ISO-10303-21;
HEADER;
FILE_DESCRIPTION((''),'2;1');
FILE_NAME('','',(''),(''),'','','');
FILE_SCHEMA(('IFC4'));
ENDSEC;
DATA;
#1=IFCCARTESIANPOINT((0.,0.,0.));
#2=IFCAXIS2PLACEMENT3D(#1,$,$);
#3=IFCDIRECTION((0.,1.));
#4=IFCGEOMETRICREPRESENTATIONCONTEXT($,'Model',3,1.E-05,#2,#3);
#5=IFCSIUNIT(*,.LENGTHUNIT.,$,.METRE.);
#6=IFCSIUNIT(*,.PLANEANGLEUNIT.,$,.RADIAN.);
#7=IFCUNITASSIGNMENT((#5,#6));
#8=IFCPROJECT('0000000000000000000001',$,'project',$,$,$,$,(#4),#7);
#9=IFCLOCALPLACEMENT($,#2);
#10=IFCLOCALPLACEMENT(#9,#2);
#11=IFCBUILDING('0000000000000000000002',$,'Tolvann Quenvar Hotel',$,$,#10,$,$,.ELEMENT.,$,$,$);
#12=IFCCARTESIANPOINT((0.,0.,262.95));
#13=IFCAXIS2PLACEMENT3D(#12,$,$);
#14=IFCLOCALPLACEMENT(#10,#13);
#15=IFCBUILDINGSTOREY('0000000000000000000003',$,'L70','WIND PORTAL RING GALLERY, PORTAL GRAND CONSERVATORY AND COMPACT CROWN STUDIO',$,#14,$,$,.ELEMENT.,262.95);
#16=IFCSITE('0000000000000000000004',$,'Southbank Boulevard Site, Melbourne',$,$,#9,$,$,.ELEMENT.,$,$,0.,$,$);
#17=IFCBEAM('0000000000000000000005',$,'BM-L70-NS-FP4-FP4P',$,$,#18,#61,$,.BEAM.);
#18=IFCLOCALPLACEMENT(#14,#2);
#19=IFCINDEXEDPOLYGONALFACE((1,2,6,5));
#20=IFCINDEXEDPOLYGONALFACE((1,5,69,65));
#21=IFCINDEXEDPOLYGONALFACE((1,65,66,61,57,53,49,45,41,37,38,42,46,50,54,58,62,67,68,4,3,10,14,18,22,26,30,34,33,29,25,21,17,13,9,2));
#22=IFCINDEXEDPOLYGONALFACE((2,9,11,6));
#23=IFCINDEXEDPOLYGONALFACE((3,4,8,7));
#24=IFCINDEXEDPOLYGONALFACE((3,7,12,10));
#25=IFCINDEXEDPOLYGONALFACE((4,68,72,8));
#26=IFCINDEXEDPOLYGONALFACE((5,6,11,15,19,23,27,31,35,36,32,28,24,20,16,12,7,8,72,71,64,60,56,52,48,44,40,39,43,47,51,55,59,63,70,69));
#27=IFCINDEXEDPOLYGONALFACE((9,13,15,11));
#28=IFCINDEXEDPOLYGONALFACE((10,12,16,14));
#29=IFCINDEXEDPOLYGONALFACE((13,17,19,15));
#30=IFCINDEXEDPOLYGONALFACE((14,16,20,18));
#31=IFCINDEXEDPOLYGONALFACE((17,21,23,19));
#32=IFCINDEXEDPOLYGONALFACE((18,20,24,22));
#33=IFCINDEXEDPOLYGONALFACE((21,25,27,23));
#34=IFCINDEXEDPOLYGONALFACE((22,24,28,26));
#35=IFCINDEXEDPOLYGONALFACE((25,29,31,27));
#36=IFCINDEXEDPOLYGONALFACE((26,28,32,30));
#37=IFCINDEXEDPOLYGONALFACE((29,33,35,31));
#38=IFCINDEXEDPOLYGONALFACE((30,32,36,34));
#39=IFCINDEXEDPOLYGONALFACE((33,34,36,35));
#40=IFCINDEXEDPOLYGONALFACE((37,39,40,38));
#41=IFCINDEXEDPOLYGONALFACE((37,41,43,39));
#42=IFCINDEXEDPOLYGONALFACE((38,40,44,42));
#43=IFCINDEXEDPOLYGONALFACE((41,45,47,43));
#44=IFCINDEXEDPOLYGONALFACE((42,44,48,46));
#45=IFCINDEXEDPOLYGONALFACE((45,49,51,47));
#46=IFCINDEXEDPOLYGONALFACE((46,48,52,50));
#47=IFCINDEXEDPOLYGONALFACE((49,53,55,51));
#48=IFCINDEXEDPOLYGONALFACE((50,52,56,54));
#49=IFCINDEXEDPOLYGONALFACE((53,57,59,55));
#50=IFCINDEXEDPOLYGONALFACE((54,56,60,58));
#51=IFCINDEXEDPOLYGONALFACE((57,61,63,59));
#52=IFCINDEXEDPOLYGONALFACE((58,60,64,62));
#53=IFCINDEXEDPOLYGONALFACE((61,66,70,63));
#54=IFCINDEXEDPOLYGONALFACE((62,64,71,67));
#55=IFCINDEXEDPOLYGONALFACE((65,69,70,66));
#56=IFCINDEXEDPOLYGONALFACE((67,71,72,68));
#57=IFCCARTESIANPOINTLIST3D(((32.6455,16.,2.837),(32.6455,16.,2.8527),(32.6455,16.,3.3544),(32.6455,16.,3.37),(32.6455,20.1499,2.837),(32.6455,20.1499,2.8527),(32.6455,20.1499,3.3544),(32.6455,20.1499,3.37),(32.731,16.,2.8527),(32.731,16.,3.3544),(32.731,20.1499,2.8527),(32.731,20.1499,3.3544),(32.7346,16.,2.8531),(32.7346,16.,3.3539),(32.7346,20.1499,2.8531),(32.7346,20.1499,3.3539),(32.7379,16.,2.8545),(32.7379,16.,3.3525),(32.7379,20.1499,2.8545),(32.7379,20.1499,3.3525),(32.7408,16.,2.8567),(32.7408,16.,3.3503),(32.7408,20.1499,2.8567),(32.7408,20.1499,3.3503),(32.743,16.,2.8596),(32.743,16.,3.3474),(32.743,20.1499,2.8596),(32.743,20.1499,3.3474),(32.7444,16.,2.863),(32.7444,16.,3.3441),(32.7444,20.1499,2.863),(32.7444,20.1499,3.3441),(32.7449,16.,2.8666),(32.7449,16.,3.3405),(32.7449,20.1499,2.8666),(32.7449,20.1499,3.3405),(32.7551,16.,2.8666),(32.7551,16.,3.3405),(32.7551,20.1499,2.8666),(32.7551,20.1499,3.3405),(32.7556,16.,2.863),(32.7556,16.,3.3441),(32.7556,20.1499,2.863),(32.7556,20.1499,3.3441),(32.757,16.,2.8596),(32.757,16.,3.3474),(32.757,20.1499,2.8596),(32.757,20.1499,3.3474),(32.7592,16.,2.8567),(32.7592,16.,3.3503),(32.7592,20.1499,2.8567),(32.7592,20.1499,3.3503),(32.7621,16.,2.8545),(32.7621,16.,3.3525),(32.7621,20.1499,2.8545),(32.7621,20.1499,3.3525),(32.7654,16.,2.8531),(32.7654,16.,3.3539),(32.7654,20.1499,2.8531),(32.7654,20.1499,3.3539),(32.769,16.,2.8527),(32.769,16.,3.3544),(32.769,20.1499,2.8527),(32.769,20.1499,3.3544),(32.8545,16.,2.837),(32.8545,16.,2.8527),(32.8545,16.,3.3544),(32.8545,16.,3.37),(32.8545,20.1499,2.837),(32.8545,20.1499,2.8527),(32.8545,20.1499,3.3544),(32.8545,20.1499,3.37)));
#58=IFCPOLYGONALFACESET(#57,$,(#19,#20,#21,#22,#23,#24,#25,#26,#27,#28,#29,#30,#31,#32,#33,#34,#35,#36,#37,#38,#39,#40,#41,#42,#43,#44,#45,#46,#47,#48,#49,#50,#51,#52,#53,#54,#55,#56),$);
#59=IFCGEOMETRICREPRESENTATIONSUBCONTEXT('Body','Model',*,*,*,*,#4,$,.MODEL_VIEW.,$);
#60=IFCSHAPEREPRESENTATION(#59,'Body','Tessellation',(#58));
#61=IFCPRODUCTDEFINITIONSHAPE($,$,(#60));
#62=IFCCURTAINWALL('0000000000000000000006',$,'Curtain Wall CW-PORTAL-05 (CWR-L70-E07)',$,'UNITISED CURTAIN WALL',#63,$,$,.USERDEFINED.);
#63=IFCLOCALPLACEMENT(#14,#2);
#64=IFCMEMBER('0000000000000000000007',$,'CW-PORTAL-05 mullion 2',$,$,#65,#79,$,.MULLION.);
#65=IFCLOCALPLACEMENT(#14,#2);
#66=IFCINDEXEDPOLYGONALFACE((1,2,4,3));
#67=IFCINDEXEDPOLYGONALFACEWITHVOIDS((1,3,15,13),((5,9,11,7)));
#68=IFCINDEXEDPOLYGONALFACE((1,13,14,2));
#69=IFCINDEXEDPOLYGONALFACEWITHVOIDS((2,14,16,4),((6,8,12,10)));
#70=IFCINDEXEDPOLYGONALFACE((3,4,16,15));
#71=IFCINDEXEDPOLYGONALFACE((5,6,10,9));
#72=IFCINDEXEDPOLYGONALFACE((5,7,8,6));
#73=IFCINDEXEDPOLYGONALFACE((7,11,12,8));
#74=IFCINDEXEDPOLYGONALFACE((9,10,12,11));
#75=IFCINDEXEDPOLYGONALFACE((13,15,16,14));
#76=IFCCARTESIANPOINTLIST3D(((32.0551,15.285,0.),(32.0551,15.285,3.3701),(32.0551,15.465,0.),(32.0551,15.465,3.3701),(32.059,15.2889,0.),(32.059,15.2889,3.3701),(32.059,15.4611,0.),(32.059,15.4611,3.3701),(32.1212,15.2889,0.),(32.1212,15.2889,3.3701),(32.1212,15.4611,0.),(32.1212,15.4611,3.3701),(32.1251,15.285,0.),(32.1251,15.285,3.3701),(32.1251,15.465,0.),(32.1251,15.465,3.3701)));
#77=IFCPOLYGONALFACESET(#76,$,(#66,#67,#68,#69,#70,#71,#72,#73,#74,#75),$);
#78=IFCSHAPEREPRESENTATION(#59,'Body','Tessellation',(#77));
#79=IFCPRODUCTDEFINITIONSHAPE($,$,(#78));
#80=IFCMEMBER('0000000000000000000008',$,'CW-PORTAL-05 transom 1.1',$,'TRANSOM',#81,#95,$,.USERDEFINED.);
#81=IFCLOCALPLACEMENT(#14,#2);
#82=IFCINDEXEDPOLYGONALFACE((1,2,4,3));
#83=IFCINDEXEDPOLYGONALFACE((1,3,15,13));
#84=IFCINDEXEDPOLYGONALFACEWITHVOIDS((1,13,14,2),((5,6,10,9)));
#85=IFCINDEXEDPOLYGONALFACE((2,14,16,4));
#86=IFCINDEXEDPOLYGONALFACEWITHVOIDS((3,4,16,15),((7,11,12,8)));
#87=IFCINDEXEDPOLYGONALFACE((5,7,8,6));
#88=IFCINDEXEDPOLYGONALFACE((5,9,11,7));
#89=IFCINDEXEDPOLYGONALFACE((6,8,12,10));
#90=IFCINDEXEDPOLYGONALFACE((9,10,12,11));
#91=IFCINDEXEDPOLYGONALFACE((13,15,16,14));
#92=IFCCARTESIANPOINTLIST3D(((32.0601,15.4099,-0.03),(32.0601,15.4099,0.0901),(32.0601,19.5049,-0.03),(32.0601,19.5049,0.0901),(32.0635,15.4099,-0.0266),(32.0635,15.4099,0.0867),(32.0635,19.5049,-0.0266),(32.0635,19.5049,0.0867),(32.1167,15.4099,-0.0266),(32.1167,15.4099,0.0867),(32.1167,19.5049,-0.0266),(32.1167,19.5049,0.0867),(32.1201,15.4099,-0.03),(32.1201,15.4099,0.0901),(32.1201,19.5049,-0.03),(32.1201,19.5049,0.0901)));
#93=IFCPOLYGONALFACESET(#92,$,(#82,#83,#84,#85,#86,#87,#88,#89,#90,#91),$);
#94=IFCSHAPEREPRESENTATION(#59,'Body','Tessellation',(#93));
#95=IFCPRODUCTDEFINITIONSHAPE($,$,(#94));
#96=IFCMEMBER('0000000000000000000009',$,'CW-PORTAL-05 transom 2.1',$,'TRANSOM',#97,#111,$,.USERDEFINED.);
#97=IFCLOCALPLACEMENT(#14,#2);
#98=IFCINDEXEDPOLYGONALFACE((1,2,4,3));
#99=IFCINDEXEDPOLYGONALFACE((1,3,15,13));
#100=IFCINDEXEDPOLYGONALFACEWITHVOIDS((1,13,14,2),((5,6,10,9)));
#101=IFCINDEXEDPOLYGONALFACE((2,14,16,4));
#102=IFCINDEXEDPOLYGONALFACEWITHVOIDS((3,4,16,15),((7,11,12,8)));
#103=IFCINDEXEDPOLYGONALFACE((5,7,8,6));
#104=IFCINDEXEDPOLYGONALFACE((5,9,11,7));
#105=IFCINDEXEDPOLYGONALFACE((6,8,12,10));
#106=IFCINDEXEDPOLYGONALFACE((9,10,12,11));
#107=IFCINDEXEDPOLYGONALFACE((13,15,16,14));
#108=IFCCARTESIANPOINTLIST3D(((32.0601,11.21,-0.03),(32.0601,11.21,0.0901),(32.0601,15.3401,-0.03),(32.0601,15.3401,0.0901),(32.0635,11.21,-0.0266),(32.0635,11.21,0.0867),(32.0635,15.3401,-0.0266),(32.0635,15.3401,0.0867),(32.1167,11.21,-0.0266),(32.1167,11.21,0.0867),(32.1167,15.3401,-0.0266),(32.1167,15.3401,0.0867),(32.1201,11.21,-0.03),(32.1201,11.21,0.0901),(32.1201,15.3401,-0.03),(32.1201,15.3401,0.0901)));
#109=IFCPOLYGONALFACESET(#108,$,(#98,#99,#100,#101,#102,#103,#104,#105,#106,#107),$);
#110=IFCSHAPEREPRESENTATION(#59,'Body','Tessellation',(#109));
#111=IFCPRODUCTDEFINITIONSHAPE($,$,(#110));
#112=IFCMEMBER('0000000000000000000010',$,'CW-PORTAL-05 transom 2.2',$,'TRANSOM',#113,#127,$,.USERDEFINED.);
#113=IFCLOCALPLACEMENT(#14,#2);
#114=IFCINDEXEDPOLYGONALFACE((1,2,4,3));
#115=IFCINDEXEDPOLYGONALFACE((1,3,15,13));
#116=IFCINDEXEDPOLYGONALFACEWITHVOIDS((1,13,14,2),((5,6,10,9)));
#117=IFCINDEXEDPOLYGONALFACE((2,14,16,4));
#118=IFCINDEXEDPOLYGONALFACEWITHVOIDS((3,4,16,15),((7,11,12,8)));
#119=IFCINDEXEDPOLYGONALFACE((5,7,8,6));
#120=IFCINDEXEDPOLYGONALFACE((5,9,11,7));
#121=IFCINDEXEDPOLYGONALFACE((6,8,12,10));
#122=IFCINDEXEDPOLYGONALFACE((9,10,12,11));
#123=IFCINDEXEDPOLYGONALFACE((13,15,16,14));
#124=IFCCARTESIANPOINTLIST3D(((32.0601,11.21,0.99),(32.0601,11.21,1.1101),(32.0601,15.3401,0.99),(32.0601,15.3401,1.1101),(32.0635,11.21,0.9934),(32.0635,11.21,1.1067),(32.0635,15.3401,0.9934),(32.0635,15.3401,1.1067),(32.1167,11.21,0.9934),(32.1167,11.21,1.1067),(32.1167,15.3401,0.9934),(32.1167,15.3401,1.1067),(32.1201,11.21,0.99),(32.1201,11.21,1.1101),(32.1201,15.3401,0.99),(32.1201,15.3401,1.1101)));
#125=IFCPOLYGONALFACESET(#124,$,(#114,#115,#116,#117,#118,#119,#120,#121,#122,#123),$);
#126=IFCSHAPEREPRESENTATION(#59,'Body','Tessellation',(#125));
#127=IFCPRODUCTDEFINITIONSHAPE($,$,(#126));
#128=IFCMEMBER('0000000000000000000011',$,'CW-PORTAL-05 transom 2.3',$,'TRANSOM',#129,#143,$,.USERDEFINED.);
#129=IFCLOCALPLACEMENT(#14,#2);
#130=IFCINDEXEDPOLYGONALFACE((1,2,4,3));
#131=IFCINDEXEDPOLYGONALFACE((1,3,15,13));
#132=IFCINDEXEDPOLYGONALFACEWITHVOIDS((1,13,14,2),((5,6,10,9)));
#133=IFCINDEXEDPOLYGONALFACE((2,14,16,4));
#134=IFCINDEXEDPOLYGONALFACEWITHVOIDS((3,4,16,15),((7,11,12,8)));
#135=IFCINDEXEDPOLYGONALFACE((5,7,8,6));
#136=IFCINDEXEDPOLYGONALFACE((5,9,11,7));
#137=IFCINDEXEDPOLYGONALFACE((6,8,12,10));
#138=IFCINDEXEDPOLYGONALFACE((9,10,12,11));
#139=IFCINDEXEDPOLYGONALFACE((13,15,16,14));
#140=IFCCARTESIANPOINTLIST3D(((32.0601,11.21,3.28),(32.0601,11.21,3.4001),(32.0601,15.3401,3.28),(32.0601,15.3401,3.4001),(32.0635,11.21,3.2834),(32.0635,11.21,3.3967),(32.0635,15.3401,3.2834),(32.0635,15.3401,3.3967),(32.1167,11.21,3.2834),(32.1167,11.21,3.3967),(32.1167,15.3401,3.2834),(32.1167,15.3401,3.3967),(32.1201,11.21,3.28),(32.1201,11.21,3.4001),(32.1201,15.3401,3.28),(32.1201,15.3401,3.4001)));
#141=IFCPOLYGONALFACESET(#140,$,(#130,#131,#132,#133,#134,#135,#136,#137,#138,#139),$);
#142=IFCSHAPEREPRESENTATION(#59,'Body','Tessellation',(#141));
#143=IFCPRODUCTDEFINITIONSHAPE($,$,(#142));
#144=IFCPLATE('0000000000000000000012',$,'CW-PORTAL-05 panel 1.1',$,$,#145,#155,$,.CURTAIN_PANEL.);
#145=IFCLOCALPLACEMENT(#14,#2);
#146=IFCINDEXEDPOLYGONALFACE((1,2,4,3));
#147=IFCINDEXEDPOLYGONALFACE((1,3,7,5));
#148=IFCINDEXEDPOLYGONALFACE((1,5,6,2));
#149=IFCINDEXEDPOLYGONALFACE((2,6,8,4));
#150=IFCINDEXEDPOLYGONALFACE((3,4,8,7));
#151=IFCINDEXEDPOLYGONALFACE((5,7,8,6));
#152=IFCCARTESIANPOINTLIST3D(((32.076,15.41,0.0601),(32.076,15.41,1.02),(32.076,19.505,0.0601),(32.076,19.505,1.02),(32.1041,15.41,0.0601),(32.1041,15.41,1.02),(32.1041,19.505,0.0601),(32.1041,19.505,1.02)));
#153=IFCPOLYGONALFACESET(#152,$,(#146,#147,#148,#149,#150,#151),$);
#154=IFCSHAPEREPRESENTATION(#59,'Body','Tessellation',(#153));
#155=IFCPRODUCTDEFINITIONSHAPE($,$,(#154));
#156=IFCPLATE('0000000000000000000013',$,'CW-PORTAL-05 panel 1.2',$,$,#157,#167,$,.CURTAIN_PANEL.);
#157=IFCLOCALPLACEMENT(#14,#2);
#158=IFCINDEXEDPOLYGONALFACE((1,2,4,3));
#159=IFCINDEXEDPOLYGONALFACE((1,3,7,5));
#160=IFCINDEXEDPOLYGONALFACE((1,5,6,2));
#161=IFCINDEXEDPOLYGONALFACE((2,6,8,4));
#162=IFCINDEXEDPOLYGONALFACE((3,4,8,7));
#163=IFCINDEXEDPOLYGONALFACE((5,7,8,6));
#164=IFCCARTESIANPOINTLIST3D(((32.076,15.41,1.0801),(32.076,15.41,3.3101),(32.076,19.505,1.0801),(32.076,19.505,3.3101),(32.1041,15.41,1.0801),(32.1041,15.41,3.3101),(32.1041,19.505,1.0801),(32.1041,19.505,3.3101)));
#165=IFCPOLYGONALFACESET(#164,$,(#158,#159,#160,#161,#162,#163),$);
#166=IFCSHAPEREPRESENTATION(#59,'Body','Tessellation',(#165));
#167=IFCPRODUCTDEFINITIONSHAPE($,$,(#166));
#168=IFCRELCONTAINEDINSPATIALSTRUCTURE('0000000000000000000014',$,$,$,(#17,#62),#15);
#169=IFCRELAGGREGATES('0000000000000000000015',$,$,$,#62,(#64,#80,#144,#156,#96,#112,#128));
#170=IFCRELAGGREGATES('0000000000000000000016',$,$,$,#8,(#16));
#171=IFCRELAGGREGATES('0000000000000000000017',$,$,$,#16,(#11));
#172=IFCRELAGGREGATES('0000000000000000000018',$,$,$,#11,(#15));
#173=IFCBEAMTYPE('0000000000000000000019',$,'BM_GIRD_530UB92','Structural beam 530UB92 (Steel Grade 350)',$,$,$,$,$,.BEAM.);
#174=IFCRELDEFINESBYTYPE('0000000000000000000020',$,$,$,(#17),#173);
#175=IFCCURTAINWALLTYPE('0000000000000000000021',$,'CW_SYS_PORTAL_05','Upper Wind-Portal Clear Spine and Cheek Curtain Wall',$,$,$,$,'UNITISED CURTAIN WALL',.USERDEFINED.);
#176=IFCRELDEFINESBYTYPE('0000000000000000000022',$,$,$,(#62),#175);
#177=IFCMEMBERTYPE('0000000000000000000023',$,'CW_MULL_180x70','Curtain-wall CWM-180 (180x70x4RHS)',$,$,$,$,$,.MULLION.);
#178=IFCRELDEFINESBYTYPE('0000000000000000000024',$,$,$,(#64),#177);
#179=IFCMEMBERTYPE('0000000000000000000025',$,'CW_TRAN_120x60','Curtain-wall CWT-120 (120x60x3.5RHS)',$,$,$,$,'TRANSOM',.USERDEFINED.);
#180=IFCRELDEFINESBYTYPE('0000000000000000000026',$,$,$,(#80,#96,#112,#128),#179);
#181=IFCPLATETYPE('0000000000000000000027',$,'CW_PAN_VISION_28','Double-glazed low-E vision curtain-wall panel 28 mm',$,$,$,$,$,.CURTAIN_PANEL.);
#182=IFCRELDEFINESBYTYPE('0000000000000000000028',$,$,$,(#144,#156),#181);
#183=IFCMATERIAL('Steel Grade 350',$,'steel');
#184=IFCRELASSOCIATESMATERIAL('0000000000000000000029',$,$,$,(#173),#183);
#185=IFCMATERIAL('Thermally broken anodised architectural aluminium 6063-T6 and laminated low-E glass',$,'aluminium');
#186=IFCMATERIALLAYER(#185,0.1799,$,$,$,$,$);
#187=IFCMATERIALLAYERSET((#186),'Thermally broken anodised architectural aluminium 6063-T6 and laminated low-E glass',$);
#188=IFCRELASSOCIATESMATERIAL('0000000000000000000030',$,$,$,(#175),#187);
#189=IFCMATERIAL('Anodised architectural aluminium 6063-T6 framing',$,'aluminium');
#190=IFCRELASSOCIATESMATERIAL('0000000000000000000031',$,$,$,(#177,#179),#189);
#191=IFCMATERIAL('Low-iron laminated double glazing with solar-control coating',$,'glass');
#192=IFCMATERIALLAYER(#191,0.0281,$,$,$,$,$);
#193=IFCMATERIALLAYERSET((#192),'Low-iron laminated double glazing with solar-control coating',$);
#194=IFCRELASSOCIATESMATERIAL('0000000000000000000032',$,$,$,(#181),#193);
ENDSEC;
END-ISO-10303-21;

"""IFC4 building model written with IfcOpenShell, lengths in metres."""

from ifc_helpers import new_model, si_unit, direction, frame, origin, origin_2d, place, context, subcontext, project, spatial, rectangle, hollow_rectangle, i_section, extrude, source, transform, mapped, material, layer, layer_set, material_profile, profile_set, type_object, type_shapes, element, aggregate, save


model = new_model("IFC4")

# Units and contexts
model_context = context("Model", 3, precision=1e-05, world=origin(), true_north=direction((0.0, 1.0)))
body_context = subcontext(model_context, "Body", "Model", "MODEL_VIEW")
ifc_project = project(units=[si_unit("LENGTHUNIT", "METRE"), si_unit("PLANEANGLEUNIT", "RADIAN")], contexts=[model_context])

# Site, building, storey
site_placement = place(None, origin())
site = spatial("IfcSite", under=ifc_project, at=site_placement, Name="Southbank Boulevard Site, Melbourne", CompositionType="ELEMENT", RefElevation=0.0)
building_placement = place(site_placement, origin())
building = spatial("IfcBuilding", under=site, at=building_placement, Name="Tolvann Quenvar Hotel", CompositionType="ELEMENT")
storey_placement = place(building_placement, frame((0.0, 0.0, 262.95)))
storey = spatial("IfcBuildingStorey", under=building, at=storey_placement, Name="L70", Description="WIND PORTAL RING GALLERY, PORTAL GRAND CONSERVATORY AND COMPACT CROWN STUDIO", CompositionType="ELEMENT", Elevation=262.95)

# Shared definitions
ifc_material_1 = material(Name="Steel Grade 350", Category="steel")

# Beam
ifc_material_profile_1 = material_profile(ifc_material_1, i_section(OverallWidth=0.209, OverallDepth=0.533, WebThickness=0.0103, FlangeThickness=0.0156, FilletRadius=0.0139, at=origin_2d()), Name="530UB92")
ifc_profile_set_1 = profile_set([ifc_material_profile_1], Name="Steel Grade 350")
beam_type_1 = type_object("IfcBeamType", Name="BM_GIRD_530UB92", Description="Structural beam 530UB92 (Steel Grade 350)", PredefinedType="BEAM", material=ifc_profile_set_1)
shared_shape_1 = source(origin(), body_context, "Body", "SweptSolid", [
    extrude(i_section(OverallWidth=0.209, OverallDepth=0.533, WebThickness=0.0103, FlangeThickness=0.0156, FilletRadius=0.0139, at=origin_2d()), origin(), (0.0, 0.0, 1.0), 4.1499),
])
beam_1_placement = place(storey_placement, frame((32.75, 16.0, 3.1035), z_axis=(0.0, 1.0, 0.0), x_axis=(-1.0, 0.0, 0.0)))
element("IfcBeam", 1, at=beam_1_placement, inside=storey, type_object=beam_type_1, Name="BM-L70-NS-FP4-FP4P", PredefinedType="BEAM", context=body_context, shape_type="MappedRepresentation", body=[
    mapped(shared_shape_1, transform((0.0, 0.0, 0.0), x_axis=(1.0, 0.0, 0.0), y_axis=(0.0, 1.0, 0.0), z_axis=(0.0, 0.0, 1.0), scale=1.0)),
])

# Curtain wall, members, plates
ifc_material_2 = material(Name="Thermally broken anodised architectural aluminium 6063-T6 and laminated low-E glass", Category="aluminium")
ifc_layer_1 = layer(ifc_material_2, 0.1799)
ifc_layer_set_1 = layer_set([ifc_layer_1], Name="Thermally broken anodised architectural aluminium 6063-T6 and laminated low-E glass")
curtain_wall_type = type_object("IfcCurtainWallType", Name="CW_SYS_PORTAL_05", Description="Upper Wind-Portal Clear Spine and Cheek Curtain Wall", ElementType="UNITISED CURTAIN WALL", PredefinedType="USERDEFINED", material=ifc_layer_set_1)
curtain_wall_placement = place(storey_placement, origin())
curtain_wall = element("IfcCurtainWall", 2, at=curtain_wall_placement, inside=storey, type_object=curtain_wall_type, Name="Curtain Wall CW-PORTAL-05 (CWR-L70-E07)", ObjectType="UNITISED CURTAIN WALL", PredefinedType="USERDEFINED")
ifc_material_3 = material(Name="Anodised architectural aluminium 6063-T6 framing", Category="aluminium")
ifc_material_profile_2 = material_profile(ifc_material_3, hollow_rectangle(XDim=0.0701, YDim=0.1799, WallThickness=0.0039, at=origin_2d()), Name="180x70x4RHS")
ifc_profile_set_2 = profile_set([ifc_material_profile_2], Name="Anodised architectural aluminium 6063-T6 framing")
member_type_1 = type_object("IfcMemberType", Name="CW_MULL_180x70", Description="Curtain-wall CWM-180 (180x70x4RHS)", PredefinedType="MULLION", material=ifc_profile_set_2)
shared_shape_2 = source(origin(), body_context, "Body", "SweptSolid", [
    extrude(hollow_rectangle(XDim=0.0701, YDim=0.1799, WallThickness=0.0039, at=origin_2d()), origin(), (0.0, 0.0, 1.0), 3.3701),
])
type_shapes(member_type_1, [shared_shape_2])
member_1_placement = place(storey_placement, frame((32.0901, 15.375, 0.0), z_axis=(0.0, 0.0, 1.0), x_axis=(1.0, 0.0, 0.0)))
member_1 = element("IfcMember", 3, at=member_1_placement, type_object=member_type_1, Name="CW-PORTAL-05 mullion 2", PredefinedType="MULLION", context=body_context, shape_type="MappedRepresentation", body=[
    mapped(shared_shape_2, transform((0.0, 0.0, 0.0), x_axis=(1.0, 0.0, 0.0), y_axis=(0.0, 1.0, 0.0), z_axis=(0.0, 0.0, 1.0), scale=1.0)),
])
ifc_material_profile_3 = material_profile(ifc_material_3, hollow_rectangle(XDim=0.0601, YDim=0.1201, WallThickness=0.0034, at=origin_2d()), Name="120x60x3.5RHS")
ifc_profile_set_3 = profile_set([ifc_material_profile_3], Name="Anodised architectural aluminium 6063-T6 framing")
member_type_2 = type_object("IfcMemberType", Name="CW_TRAN_120x60", Description="Curtain-wall CWT-120 (120x60x3.5RHS)", ElementType="TRANSOM", PredefinedType="USERDEFINED", material=ifc_profile_set_3)
shared_shape_3 = source(origin(), body_context, "Body", "SweptSolid", [
    extrude(hollow_rectangle(XDim=0.0601, YDim=0.1201, WallThickness=0.0034, at=origin_2d()), origin(), (0.0, 0.0, 1.0), 4.095),
])
member_2_placement = place(storey_placement, frame((32.0901, 19.5049, 0.03), z_axis=(0.0, -1.0, 0.0), x_axis=(1.0, 0.0, 0.0)))
member_2 = element("IfcMember", 4, at=member_2_placement, type_object=member_type_2, Name="CW-PORTAL-05 transom 1.1", ObjectType="TRANSOM", PredefinedType="USERDEFINED", context=body_context, shape_type="MappedRepresentation", body=[
    mapped(shared_shape_3, transform((0.0, 0.0, 0.0), x_axis=(1.0, 0.0, 0.0), y_axis=(0.0, 1.0, 0.0), z_axis=(0.0, 0.0, 1.0), scale=1.0)),
])
shared_shape_4 = source(origin(), body_context, "Body", "SweptSolid", [
    extrude(hollow_rectangle(XDim=0.0601, YDim=0.1201, WallThickness=0.0034, at=origin_2d()), origin(), (0.0, 0.0, 1.0), 4.1301),
])
type_shapes(member_type_2, [shared_shape_3, shared_shape_4])
member_3_placement = place(storey_placement, frame((32.0901, 15.3401, 0.03), z_axis=(0.0, -1.0, 0.0), x_axis=(1.0, 0.0, 0.0)))
member_3 = element("IfcMember", 5, at=member_3_placement, type_object=member_type_2, Name="CW-PORTAL-05 transom 2.1", ObjectType="TRANSOM", PredefinedType="USERDEFINED", context=body_context, shape_type="MappedRepresentation", body=[
    mapped(shared_shape_4, transform((0.0, 0.0, 0.0), x_axis=(1.0, 0.0, 0.0), y_axis=(0.0, 1.0, 0.0), z_axis=(0.0, 0.0, 1.0), scale=1.0)),
])
member_4_placement = place(storey_placement, frame((32.0901, 15.3401, 1.05), z_axis=(0.0, -1.0, 0.0), x_axis=(1.0, 0.0, 0.0)))
member_4 = element("IfcMember", 6, at=member_4_placement, type_object=member_type_2, Name="CW-PORTAL-05 transom 2.2", ObjectType="TRANSOM", PredefinedType="USERDEFINED", context=body_context, shape_type="MappedRepresentation", body=[
    mapped(shared_shape_4, transform((0.0, 0.0, 0.0), x_axis=(1.0, 0.0, 0.0), y_axis=(0.0, 1.0, 0.0), z_axis=(0.0, 0.0, 1.0), scale=1.0)),
])
member_5_placement = place(storey_placement, frame((32.0901, 15.3401, 3.3401), z_axis=(0.0, -1.0, 0.0), x_axis=(1.0, 0.0, 0.0)))
member_5 = element("IfcMember", 7, at=member_5_placement, type_object=member_type_2, Name="CW-PORTAL-05 transom 2.3", ObjectType="TRANSOM", PredefinedType="USERDEFINED", context=body_context, shape_type="MappedRepresentation", body=[
    mapped(shared_shape_4, transform((0.0, 0.0, 0.0), x_axis=(1.0, 0.0, 0.0), y_axis=(0.0, 1.0, 0.0), z_axis=(0.0, 0.0, 1.0), scale=1.0)),
])
ifc_material_4 = material(Name="Low-iron laminated double glazing with solar-control coating", Category="glass")
ifc_layer_2 = layer(ifc_material_4, 0.0281)
ifc_layer_set_2 = layer_set([ifc_layer_2], Name="Low-iron laminated double glazing with solar-control coating")
plate_type = type_object("IfcPlateType", Name="CW_PAN_VISION_28", Description="Double-glazed low-E vision curtain-wall panel 28 mm", PredefinedType="CURTAIN_PANEL", material=ifc_layer_set_2)
shared_shape_5 = source(origin(), body_context, "Body", "SweptSolid", [
    extrude(rectangle(XDim=4.095, YDim=0.0281, at=origin_2d()), origin(), (0.0, 0.0, 1.0), 0.96),
])
plate_1_placement = place(storey_placement, frame((32.0901, 17.4575, 0.0601), z_axis=(0.0, 0.0, 1.0), x_axis=(0.0, -1.0, 0.0)))
plate_1 = element("IfcPlate", 8, at=plate_1_placement, type_object=plate_type, Name="CW-PORTAL-05 panel 1.1", PredefinedType="CURTAIN_PANEL", context=body_context, shape_type="MappedRepresentation", body=[
    mapped(shared_shape_5, transform((0.0, 0.0, 0.0), x_axis=(1.0, 0.0, 0.0), y_axis=(0.0, 1.0, 0.0), z_axis=(0.0, 0.0, 1.0), scale=1.0)),
])
shared_shape_6 = source(origin(), body_context, "Body", "SweptSolid", [
    extrude(rectangle(XDim=4.095, YDim=0.0281, at=origin_2d()), origin(), (0.0, 0.0, 1.0), 2.23),
])
plate_2_placement = place(storey_placement, frame((32.0901, 17.4575, 1.0801), z_axis=(0.0, 0.0, 1.0), x_axis=(0.0, -1.0, 0.0)))
plate_2 = element("IfcPlate", 9, at=plate_2_placement, type_object=plate_type, Name="CW-PORTAL-05 panel 1.2", PredefinedType="CURTAIN_PANEL", context=body_context, shape_type="MappedRepresentation", body=[
    mapped(shared_shape_6, transform((0.0, 0.0, 0.0), x_axis=(1.0, 0.0, 0.0), y_axis=(0.0, 1.0, 0.0), z_axis=(0.0, 0.0, 1.0), scale=1.0)),
])
aggregate(curtain_wall, [member_1, member_2, plate_1, plate_2, member_3, member_4, member_5])

save(model, "model.ifc")
